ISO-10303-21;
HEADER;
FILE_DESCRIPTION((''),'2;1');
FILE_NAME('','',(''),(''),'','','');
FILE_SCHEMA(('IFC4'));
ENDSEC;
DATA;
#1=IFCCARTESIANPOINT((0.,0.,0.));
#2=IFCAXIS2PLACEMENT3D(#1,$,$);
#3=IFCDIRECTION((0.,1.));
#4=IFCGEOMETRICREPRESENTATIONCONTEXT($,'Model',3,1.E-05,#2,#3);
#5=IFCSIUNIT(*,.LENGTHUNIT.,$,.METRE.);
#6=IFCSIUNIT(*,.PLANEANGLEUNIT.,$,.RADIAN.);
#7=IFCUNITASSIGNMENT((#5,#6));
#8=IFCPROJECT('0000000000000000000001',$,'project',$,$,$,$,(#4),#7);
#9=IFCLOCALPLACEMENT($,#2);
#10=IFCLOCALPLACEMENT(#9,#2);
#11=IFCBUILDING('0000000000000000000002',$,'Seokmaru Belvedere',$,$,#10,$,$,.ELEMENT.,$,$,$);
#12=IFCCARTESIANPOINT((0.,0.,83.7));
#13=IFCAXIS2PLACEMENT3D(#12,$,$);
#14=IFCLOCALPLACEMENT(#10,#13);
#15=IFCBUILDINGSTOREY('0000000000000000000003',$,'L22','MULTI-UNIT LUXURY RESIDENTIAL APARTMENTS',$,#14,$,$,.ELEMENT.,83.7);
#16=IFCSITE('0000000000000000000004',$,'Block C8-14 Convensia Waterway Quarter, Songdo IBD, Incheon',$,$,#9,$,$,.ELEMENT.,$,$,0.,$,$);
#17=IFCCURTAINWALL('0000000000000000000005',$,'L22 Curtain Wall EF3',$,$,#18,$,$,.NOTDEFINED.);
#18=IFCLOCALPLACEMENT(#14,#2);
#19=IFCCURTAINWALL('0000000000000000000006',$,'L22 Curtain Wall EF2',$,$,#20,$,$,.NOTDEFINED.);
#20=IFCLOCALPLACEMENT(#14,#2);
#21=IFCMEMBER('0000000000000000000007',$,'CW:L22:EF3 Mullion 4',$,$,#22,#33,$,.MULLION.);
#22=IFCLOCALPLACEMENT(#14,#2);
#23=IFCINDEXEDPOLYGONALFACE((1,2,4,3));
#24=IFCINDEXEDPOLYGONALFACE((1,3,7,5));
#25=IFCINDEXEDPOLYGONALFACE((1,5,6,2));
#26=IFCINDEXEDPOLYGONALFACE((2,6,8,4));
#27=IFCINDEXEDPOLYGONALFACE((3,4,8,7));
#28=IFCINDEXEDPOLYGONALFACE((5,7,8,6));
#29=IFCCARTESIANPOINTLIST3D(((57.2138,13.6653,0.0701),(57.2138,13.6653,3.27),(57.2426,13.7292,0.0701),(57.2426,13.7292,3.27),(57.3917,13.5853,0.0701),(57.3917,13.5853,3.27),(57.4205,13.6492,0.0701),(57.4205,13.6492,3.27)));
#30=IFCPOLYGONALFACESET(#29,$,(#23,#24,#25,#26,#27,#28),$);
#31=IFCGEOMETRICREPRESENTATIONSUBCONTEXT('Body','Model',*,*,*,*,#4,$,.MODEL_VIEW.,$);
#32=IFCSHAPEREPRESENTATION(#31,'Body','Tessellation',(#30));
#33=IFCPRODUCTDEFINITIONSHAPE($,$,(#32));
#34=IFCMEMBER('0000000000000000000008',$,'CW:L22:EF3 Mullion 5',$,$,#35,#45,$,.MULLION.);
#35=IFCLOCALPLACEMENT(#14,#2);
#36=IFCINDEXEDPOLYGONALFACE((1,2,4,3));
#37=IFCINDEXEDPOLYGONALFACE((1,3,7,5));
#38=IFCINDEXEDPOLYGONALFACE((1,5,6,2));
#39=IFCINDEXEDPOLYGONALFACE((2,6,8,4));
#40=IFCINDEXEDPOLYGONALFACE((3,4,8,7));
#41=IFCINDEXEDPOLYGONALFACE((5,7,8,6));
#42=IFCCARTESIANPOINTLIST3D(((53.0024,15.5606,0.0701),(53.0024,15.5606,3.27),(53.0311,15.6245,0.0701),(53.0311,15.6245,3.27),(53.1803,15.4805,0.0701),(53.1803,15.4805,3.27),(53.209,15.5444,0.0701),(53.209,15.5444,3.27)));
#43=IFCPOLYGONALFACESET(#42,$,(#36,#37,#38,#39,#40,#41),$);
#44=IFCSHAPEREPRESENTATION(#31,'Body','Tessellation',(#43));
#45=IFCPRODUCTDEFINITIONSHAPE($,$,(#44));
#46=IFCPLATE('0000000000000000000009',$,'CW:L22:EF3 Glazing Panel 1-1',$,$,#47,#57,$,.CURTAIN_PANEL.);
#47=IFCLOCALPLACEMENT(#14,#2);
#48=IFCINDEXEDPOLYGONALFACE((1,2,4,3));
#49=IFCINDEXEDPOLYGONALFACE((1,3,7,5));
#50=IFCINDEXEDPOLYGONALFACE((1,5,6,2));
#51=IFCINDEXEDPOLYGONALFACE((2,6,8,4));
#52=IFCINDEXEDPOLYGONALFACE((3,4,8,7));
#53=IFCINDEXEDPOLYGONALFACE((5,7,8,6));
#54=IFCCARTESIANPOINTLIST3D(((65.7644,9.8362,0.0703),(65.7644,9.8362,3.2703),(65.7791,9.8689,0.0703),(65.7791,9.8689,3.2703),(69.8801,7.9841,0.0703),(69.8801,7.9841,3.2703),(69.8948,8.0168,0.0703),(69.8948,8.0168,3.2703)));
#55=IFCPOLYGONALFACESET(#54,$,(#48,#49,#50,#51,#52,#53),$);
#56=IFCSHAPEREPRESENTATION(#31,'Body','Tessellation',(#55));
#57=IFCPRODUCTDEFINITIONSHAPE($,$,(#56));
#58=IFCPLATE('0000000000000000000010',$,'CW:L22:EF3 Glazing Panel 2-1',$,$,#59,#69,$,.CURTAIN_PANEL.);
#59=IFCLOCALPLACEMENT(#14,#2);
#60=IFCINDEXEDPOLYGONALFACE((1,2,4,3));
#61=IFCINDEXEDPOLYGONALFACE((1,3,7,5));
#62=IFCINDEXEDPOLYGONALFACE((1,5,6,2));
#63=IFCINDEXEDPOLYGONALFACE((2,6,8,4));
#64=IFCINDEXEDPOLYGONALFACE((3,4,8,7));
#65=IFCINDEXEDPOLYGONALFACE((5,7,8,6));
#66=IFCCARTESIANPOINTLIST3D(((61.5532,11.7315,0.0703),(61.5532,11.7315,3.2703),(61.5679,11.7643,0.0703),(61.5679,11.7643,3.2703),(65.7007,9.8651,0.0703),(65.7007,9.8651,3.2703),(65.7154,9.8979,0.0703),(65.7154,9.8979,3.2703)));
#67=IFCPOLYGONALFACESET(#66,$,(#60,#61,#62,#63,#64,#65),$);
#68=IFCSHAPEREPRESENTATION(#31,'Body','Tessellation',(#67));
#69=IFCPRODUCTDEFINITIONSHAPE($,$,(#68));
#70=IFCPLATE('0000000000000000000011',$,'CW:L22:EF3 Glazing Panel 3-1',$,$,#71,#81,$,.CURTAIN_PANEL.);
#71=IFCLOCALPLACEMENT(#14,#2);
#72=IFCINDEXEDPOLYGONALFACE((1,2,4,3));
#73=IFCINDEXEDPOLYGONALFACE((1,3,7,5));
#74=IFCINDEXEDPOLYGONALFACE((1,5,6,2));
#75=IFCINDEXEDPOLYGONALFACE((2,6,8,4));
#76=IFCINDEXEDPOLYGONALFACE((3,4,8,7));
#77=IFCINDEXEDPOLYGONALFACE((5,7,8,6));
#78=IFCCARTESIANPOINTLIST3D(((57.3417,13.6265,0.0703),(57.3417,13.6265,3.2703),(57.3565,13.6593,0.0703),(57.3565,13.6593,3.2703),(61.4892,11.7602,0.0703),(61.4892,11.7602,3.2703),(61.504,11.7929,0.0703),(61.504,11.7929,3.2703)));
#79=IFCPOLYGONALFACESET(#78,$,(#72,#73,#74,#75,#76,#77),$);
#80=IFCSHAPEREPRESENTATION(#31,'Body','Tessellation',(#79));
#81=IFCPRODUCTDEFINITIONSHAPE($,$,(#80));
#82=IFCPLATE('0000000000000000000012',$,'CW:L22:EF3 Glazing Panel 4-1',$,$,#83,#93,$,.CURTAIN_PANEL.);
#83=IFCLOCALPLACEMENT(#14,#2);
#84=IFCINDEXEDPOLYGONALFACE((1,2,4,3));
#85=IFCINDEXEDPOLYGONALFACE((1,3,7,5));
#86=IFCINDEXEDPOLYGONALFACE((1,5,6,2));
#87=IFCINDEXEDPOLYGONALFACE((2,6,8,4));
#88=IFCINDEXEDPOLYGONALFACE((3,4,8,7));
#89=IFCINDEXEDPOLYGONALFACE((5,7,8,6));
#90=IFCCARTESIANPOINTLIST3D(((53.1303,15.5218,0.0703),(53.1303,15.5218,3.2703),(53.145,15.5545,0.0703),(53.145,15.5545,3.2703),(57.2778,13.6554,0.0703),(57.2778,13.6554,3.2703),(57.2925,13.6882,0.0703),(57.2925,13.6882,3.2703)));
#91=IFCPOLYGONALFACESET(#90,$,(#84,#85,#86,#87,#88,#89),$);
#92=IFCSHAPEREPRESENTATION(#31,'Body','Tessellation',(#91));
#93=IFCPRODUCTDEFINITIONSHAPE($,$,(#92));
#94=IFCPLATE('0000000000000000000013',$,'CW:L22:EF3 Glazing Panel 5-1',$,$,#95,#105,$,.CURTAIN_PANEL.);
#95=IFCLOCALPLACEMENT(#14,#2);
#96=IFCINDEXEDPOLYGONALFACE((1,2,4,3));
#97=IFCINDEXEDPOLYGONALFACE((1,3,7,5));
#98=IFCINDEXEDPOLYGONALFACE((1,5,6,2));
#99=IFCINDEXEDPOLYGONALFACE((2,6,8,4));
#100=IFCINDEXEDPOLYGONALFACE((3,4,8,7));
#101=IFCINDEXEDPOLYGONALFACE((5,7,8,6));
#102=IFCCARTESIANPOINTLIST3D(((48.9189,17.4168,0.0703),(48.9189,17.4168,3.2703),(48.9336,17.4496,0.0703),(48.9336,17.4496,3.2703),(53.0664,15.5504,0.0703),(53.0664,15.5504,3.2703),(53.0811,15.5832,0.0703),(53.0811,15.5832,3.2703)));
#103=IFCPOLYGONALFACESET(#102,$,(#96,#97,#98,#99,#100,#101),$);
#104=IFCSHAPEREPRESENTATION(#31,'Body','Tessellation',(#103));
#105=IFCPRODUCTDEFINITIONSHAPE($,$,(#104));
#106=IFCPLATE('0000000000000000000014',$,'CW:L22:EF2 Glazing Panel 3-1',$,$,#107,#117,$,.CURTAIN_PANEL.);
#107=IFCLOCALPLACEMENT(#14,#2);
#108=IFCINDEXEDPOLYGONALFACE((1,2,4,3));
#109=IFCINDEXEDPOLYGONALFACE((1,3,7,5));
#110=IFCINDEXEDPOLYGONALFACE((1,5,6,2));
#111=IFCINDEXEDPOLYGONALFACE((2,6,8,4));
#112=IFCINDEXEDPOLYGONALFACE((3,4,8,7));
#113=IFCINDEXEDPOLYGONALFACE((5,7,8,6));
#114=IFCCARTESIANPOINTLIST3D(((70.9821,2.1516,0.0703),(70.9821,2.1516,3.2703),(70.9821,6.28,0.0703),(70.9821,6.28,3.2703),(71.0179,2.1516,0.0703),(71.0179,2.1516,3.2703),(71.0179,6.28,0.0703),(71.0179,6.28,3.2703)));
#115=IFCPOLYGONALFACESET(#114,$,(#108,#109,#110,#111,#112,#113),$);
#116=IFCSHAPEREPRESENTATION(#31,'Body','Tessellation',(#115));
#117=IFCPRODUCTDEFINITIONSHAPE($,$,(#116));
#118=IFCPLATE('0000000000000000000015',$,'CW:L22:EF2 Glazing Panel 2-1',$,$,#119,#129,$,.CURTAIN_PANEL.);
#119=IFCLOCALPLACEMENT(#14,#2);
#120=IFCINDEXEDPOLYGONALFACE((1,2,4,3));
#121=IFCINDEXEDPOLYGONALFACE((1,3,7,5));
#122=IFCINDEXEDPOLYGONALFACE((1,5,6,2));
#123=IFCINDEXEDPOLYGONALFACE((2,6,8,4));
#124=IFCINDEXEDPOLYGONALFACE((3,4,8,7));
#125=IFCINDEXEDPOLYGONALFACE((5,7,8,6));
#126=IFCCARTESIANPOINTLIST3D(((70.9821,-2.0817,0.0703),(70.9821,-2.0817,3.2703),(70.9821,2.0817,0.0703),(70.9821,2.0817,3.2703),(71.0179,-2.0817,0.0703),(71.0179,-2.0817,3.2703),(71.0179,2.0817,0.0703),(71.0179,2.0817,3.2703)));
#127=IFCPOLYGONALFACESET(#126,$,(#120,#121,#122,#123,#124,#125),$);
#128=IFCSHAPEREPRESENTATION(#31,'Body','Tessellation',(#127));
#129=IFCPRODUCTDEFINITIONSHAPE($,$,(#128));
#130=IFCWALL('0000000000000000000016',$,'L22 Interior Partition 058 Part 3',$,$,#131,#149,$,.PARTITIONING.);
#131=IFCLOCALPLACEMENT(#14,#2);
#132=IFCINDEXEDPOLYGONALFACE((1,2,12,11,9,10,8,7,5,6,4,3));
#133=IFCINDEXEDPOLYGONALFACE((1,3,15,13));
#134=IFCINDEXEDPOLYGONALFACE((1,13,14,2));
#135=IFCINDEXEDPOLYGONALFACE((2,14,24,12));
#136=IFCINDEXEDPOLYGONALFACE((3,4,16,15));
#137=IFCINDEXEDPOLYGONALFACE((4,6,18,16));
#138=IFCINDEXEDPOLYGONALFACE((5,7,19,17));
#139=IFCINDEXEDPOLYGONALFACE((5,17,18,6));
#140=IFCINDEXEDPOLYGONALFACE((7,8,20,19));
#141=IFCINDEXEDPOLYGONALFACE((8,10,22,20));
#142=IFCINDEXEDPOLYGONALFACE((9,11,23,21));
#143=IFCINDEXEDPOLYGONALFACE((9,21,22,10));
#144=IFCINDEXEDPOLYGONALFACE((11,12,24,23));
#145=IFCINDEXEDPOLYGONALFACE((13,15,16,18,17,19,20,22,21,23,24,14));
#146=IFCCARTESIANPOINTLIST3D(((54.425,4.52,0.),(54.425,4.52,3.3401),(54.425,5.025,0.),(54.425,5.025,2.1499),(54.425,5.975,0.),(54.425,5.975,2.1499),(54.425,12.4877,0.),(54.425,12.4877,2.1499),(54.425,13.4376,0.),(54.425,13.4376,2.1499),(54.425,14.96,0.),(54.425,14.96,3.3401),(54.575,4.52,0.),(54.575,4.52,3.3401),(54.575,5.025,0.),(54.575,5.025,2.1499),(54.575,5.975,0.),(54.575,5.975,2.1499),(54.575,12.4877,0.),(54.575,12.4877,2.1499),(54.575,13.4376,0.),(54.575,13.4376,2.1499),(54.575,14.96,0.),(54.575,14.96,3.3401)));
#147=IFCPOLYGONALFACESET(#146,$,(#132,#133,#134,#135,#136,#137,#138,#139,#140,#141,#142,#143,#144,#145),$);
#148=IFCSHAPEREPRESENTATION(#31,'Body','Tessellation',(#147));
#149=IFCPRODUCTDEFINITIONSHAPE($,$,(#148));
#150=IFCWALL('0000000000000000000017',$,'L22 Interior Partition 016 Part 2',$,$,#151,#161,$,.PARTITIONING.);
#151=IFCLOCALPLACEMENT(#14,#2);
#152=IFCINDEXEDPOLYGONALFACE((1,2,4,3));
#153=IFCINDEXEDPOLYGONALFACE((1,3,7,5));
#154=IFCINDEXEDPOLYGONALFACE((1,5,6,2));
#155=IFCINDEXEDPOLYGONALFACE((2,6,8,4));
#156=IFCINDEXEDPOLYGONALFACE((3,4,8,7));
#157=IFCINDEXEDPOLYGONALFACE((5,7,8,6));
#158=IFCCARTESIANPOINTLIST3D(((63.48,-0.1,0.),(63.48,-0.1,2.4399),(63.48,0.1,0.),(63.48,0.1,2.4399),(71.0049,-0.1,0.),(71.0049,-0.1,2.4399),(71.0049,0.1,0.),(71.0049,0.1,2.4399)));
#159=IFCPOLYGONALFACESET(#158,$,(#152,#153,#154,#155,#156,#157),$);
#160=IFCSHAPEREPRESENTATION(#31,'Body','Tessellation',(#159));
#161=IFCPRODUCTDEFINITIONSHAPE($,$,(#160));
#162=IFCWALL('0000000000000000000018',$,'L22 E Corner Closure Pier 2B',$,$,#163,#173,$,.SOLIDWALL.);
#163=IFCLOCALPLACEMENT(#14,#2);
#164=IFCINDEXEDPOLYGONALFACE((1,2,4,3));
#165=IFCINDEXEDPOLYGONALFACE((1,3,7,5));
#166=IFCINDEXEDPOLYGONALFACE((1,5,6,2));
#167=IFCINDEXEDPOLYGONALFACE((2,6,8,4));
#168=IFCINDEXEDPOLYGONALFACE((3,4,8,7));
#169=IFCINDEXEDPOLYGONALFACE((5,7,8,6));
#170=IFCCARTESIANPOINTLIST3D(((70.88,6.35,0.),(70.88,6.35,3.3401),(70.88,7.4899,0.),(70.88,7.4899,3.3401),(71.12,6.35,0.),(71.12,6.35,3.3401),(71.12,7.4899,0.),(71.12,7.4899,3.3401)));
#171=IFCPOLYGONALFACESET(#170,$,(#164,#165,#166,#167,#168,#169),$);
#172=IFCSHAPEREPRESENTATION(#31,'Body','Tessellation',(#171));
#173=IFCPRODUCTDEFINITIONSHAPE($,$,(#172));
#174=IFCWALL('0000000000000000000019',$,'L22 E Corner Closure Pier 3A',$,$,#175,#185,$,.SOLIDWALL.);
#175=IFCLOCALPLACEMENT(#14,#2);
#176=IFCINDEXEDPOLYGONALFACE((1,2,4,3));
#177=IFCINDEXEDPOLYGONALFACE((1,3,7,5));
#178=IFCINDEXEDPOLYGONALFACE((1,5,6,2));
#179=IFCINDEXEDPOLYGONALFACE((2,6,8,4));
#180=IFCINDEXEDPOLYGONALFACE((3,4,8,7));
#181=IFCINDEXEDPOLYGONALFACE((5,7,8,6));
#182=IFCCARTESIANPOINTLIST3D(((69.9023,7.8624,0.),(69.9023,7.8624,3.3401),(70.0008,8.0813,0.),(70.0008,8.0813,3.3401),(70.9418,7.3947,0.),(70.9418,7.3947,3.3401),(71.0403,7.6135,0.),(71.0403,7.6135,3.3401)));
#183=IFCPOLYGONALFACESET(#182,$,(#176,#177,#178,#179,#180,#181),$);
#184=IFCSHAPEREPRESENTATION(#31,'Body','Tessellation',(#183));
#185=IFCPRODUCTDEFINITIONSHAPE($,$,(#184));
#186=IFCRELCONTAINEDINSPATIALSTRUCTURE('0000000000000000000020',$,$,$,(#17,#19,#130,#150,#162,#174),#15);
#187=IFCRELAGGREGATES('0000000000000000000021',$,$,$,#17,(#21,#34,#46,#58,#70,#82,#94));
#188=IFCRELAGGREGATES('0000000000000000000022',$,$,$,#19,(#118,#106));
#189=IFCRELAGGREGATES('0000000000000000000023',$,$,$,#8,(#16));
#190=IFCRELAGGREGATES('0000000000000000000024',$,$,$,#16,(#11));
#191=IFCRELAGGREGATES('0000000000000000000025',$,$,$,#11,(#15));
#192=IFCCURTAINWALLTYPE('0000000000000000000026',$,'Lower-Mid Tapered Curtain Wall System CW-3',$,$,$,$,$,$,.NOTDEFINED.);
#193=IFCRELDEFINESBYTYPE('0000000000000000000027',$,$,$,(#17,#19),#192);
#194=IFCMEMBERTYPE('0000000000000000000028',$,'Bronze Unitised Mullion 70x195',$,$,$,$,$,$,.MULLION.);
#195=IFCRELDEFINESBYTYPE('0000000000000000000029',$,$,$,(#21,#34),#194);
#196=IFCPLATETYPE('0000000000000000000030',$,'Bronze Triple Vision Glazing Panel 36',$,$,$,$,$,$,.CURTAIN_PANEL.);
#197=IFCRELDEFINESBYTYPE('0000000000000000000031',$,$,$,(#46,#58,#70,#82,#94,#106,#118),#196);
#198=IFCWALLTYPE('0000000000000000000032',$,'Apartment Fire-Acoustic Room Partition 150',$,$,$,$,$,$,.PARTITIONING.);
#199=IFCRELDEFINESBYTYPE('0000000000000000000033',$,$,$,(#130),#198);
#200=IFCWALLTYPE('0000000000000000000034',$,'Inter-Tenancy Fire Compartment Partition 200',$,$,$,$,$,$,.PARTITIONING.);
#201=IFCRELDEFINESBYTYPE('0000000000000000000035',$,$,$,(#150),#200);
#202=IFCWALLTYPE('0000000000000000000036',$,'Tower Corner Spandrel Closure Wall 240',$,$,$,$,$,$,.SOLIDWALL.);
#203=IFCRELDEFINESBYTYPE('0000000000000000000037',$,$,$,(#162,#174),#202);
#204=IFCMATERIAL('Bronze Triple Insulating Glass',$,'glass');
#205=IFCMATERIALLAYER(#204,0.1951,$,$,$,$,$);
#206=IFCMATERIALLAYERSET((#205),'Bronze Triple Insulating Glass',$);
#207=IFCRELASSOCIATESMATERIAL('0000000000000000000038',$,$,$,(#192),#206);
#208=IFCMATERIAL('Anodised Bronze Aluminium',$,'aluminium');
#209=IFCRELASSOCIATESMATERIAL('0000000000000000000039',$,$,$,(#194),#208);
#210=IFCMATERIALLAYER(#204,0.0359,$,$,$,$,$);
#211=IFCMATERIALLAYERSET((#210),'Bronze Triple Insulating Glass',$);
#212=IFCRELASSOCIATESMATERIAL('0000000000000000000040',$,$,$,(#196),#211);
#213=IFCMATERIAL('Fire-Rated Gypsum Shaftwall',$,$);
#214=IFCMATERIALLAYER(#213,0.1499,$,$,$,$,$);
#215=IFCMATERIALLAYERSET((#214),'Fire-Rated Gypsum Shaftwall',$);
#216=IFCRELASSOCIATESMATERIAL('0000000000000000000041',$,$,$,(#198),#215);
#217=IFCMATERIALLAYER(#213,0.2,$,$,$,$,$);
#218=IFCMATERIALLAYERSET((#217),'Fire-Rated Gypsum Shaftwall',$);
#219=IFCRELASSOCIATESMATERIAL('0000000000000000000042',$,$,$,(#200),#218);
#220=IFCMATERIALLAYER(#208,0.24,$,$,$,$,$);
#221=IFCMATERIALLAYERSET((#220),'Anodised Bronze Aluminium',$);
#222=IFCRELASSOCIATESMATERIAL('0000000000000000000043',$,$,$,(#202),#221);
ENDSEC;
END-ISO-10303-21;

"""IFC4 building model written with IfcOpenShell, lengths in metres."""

from ifc_helpers import new_model, si_unit, direction, frame, frame_2d, origin, origin_2d, place, context, subcontext, project, spatial, rectangle, extrude, source, transform, mapped, material, layer, layer_set, material_profile, profile_set, type_object, type_shapes, element, aggregate, save


model = new_model("IFC4")

# Units and contexts
model_context = context("Model", 3, precision=1e-05, world=origin(), true_north=direction((0.0, 1.0)))
body_context = subcontext(model_context, "Body", "Model", "MODEL_VIEW")
ifc_project = project(units=[si_unit("LENGTHUNIT", "METRE"), si_unit("PLANEANGLEUNIT", "RADIAN")], contexts=[model_context])

# Site, building, storey
site_placement = place(None, origin())
site = spatial("IfcSite", under=ifc_project, at=site_placement, Name="Block C8-14 Convensia Waterway Quarter, Songdo IBD, Incheon", CompositionType="ELEMENT", RefElevation=0.0)
building_placement = place(site_placement, origin())
building = spatial("IfcBuilding", under=site, at=building_placement, Name="Seokmaru Belvedere", CompositionType="ELEMENT")
storey_placement = place(building_placement, frame((0.0, 0.0, 83.7)))
storey = spatial("IfcBuildingStorey", under=building, at=storey_placement, Name="L22", Description="MULTI-UNIT LUXURY RESIDENTIAL APARTMENTS", CompositionType="ELEMENT", Elevation=83.7)

# Curtain wall
ifc_material_1 = material(Name="Bronze Triple Insulating Glass", Category="glass")
ifc_layer_1 = layer(ifc_material_1, 0.1951)
ifc_layer_set_1 = layer_set([ifc_layer_1], Name="Bronze Triple Insulating Glass")
curtain_wall_type = type_object("IfcCurtainWallType", Name="Lower-Mid Tapered Curtain Wall System CW-3", PredefinedType="NOTDEFINED", material=ifc_layer_set_1)
curtain_wall_1_placement = place(storey_placement, origin())
curtain_wall_1 = element("IfcCurtainWall", 1, at=curtain_wall_1_placement, inside=storey, type_object=curtain_wall_type, Name="L22 Curtain Wall EF3", PredefinedType="NOTDEFINED")
ifc_material_2 = material(Name="Anodised Bronze Aluminium", Category="aluminium")

# Curtain wall
curtain_wall_2_placement = place(storey_placement, origin())
curtain_wall_2 = element("IfcCurtainWall", 2, at=curtain_wall_2_placement, inside=storey, type_object=curtain_wall_type, Name="L22 Curtain Wall EF2", PredefinedType="NOTDEFINED")
ifc_material_profile_1 = material_profile(ifc_material_2, rectangle(XDim=0.0701, YDim=0.1951, at=origin_2d()), Name="CW-M-70x195")
ifc_profile_set_1 = profile_set([ifc_material_profile_1], Name="Anodised Bronze Aluminium")
member_type_1 = type_object("IfcMemberType", Name="Bronze Unitised Mullion 70x195", PredefinedType="MULLION", material=ifc_profile_set_1)

# Members
shared_shape_1 = source(origin(), body_context, "Body", "SweptSolid", [
    extrude(rectangle(XDim=0.0701, YDim=0.1951, at=origin_2d()), origin(), (0.0, 0.0, 1.0), 3.2),
])
member_1_placement = place(storey_placement, frame((57.3171, 13.6572, 0.0701), z_axis=(0.0, 0.0, 1.0), x_axis=(-0.410366, -0.911921, 0.0)))
member_1 = element("IfcMember", 3, at=member_1_placement, type_object=member_type_1, Name="CW:L22:EF3 Mullion 4", PredefinedType="MULLION", context=body_context, shape_type="MappedRepresentation", body=[
    mapped(shared_shape_1, transform((0.0, 0.0, 0.0), scale=1.0)),
])
member_2_placement = place(storey_placement, frame((53.1057, 15.5525, 0.0701), z_axis=(0.0, 0.0, 1.0), x_axis=(-0.410366, -0.911921, 0.0)))
member_2 = element("IfcMember", 4, at=member_2_placement, type_object=member_type_1, Name="CW:L22:EF3 Mullion 5", PredefinedType="MULLION", context=body_context, shape_type="MappedRepresentation", body=[
    mapped(shared_shape_1, transform((0.0, 0.0, 0.0), scale=1.0)),
])

# Plates
ifc_layer_2 = layer(ifc_material_1, 0.0359)
ifc_layer_set_2 = layer_set([ifc_layer_2], Name="Bronze Triple Insulating Glass")
plate_type = type_object("IfcPlateType", Name="Bronze Triple Vision Glazing Panel 36", PredefinedType="CURTAIN_PANEL", material=ifc_layer_set_2)
shared_shape_2 = source(origin(), body_context, "Body", "SweptSolid", [
    extrude(rectangle(XDim=4.5132, YDim=0.0359, at=origin_2d()), origin(), (0.0, 0.0, 1.0), 3.2),
])
plate_1_placement = place(storey_placement, frame((67.8296, 8.9265, 0.0703), z_axis=(0.0, 0.0, 1.0), x_axis=(-0.911921, 0.410366, 0.0)))
plate_1 = element("IfcPlate", 5, at=plate_1_placement, type_object=plate_type, Name="CW:L22:EF3 Glazing Panel 1-1", PredefinedType="CURTAIN_PANEL", context=body_context, shape_type="MappedRepresentation", body=[
    mapped(shared_shape_2, transform((0.0, 0.0, 0.0), scale=1.0)),
])
shared_shape_3 = source(origin(), body_context, "Body", "SweptSolid", [
    extrude(rectangle(XDim=4.5481, YDim=0.0359, at=origin_2d()), origin(), (0.0, 0.0, 1.0), 3.2),
])
plate_2_placement = place(storey_placement, frame((63.6343, 10.8147, 0.0703), z_axis=(0.0, 0.0, 1.0), x_axis=(-0.911921, 0.410366, 0.0)))
plate_2 = element("IfcPlate", 6, at=plate_2_placement, type_object=plate_type, Name="CW:L22:EF3 Glazing Panel 2-1", PredefinedType="CURTAIN_PANEL", context=body_context, shape_type="MappedRepresentation", body=[
    mapped(shared_shape_3, transform((0.0, 0.0, 0.0), scale=1.0)),
])
plate_3_placement = place(storey_placement, frame((59.4229, 12.7097, 0.0703), z_axis=(0.0, 0.0, 1.0), x_axis=(-0.911921, 0.410366, 0.0)))
plate_3 = element("IfcPlate", 7, at=plate_3_placement, type_object=plate_type, Name="CW:L22:EF3 Glazing Panel 3-1", PredefinedType="CURTAIN_PANEL", context=body_context, shape_type="MappedRepresentation", body=[
    mapped(shared_shape_3, transform((0.0, 0.0, 0.0), scale=1.0)),
])
plate_4_placement = place(storey_placement, frame((55.2114, 14.605, 0.0703), z_axis=(0.0, 0.0, 1.0), x_axis=(-0.911921, 0.410366, 0.0)))
plate_4 = element("IfcPlate", 8, at=plate_4_placement, type_object=plate_type, Name="CW:L22:EF3 Glazing Panel 4-1", PredefinedType="CURTAIN_PANEL", context=body_context, shape_type="MappedRepresentation", body=[
    mapped(shared_shape_3, transform((0.0, 0.0, 0.0), scale=1.0)),
])
plate_5_placement = place(storey_placement, frame((51.0, 16.5, 0.0703), z_axis=(0.0, 0.0, 1.0), x_axis=(-0.911921, 0.410366, 0.0)))
plate_5 = element("IfcPlate", 9, at=plate_5_placement, type_object=plate_type, Name="CW:L22:EF3 Glazing Panel 5-1", PredefinedType="CURTAIN_PANEL", context=body_context, shape_type="MappedRepresentation", body=[
    mapped(shared_shape_3, transform((0.0, 0.0, 0.0), scale=1.0)),
])
aggregate(curtain_wall_1, [member_1, member_2, plate_1, plate_2, plate_3, plate_4, plate_5])
shared_shape_4 = source(origin(), body_context, "Body", "SweptSolid", [
    extrude(rectangle(XDim=4.1284, YDim=0.0359, at=origin_2d()), origin(), (0.0, 0.0, 1.0), 3.2),
])
plate_6_placement = place(storey_placement, frame((71.0, 4.2158, 0.0703), z_axis=(0.0, 0.0, 1.0), x_axis=(0.0, 1.0, 0.0)))
plate_6 = element("IfcPlate", 10, at=plate_6_placement, type_object=plate_type, Name="CW:L22:EF2 Glazing Panel 3-1", PredefinedType="CURTAIN_PANEL", context=body_context, shape_type="MappedRepresentation", body=[
    mapped(shared_shape_4, transform((0.0, 0.0, 0.0), scale=1.0)),
])
shared_shape_5 = source(origin(), body_context, "Body", "SweptSolid", [
    extrude(rectangle(XDim=4.1633, YDim=0.0359, at=origin_2d()), origin(), (0.0, 0.0, 1.0), 3.2),
])
type_shapes(plate_type, [shared_shape_2, shared_shape_3, shared_shape_4, shared_shape_5])
plate_7_placement = place(storey_placement, frame((71.0, 0.0, 0.0703), z_axis=(0.0, 0.0, 1.0), x_axis=(0.0, 1.0, 0.0)))
plate_7 = element("IfcPlate", 11, at=plate_7_placement, type_object=plate_type, Name="CW:L22:EF2 Glazing Panel 2-1", PredefinedType="CURTAIN_PANEL", context=body_context, shape_type="MappedRepresentation", body=[
    mapped(shared_shape_5, transform((0.0, 0.0, 0.0), scale=1.0)),
])
aggregate(curtain_wall_2, [plate_7, plate_6])

# Wall, openings
ifc_material_3 = material(Name="Fire-Rated Gypsum Shaftwall")
ifc_layer_3 = layer(ifc_material_3, 0.1499)
ifc_layer_set_3 = layer_set([ifc_layer_3], Name="Fire-Rated Gypsum Shaftwall")
wall_type_1 = type_object("IfcWallType", Name="Apartment Fire-Acoustic Room Partition 150", PredefinedType="PARTITIONING", material=ifc_layer_set_3)
wall_1_placement = place(storey_placement, frame((54.5, 4.52, 0.0), z_axis=(0.0, 0.0, 1.0), x_axis=(0.0, 1.0, 0.0)))
wall_1 = element("IfcWall", 12, at=wall_1_placement, inside=storey, type_object=wall_type_1, Name="L22 Interior Partition 058 Part 3", PredefinedType="PARTITIONING", context=body_context, shape_type="SweptSolid", body=[
    extrude(rectangle(XDim=10.4399, YDim=0.1499, at=frame_2d((5.22, 0.0))), origin(), (0.0, 0.0, 1.0), 3.3401),
])
opening_1_placement = place(wall_1_placement, frame((0.5049, 0.0, 0.0)))
element("IfcOpeningElement", 13, at=opening_1_placement, cuts=wall_1, PredefinedType="OPENING", context=body_context, shape_type="SweptSolid", body=[
    extrude(rectangle(XDim=0.95, YDim=2.1499, at=frame_2d((0.4751, 1.075))), frame((0.0, 0.085, 0.0), z_axis=(0.0, -1.0, 0.0), x_axis=(1.0, 0.0, 0.0)), (0.0, 0.0, 1.0), 0.1699),
])
opening_2_placement = place(wall_1_placement, frame((7.9675, 0.0, 0.0)))
element("IfcOpeningElement", 14, at=opening_2_placement, cuts=wall_1, PredefinedType="OPENING", context=body_context, shape_type="SweptSolid", body=[
    extrude(rectangle(XDim=0.95, YDim=2.1499, at=frame_2d((0.4751, 1.075))), frame((0.0, 0.085, 0.0), z_axis=(0.0, -1.0, 0.0), x_axis=(1.0, 0.0, 0.0)), (0.0, 0.0, 1.0), 0.1699),
])

# Walls
ifc_layer_4 = layer(ifc_material_3, 0.2)
ifc_layer_set_4 = layer_set([ifc_layer_4], Name="Fire-Rated Gypsum Shaftwall")
wall_type_2 = type_object("IfcWallType", Name="Inter-Tenancy Fire Compartment Partition 200", PredefinedType="PARTITIONING", material=ifc_layer_set_4)
wall_2_placement = place(storey_placement, frame((63.48, 0.0, 0.0), z_axis=(0.0, 0.0, 1.0), x_axis=(1.0, 0.0, 0.0)))
element("IfcWall", 15, at=wall_2_placement, inside=storey, type_object=wall_type_2, Name="L22 Interior Partition 016 Part 2", PredefinedType="PARTITIONING", context=body_context, shape_type="SweptSolid", body=[
    extrude(rectangle(XDim=7.5249, YDim=0.2, at=frame_2d((3.7625, 0.0))), origin(), (0.0, 0.0, 1.0), 2.4399),
])
ifc_layer_5 = layer(ifc_material_2, 0.24)
ifc_layer_set_5 = layer_set([ifc_layer_5], Name="Anodised Bronze Aluminium")
wall_type_3 = type_object("IfcWallType", Name="Tower Corner Spandrel Closure Wall 240", PredefinedType="SOLIDWALL", material=ifc_layer_set_5)
for number, where, z_axis, x_axis, name in (
    (16, (71.0, 6.3501, 0.0), (0.0, 0.0, 1.0), (0.0, 1.0, 0.0), "L22 E Corner Closure Pier 2B"),
    (17, (70.991, 7.5042, 0.0), (0.0, 0.0, 1.0), (-0.91193, 0.410347, 0.0), "L22 E Corner Closure Pier 3A"),
):
    element("IfcWall", number, at=place(storey_placement, frame(where, z_axis=z_axis, x_axis=x_axis)), inside=storey, type_object=wall_type_3, Name=name, PredefinedType="SOLIDWALL", context=body_context, shape_type="SweptSolid", body=[
        extrude(rectangle(XDim=1.1399, YDim=0.24, at=frame_2d((0.5698, 0.0))), origin(), (0.0, 0.0, 1.0), 3.3401),
    ])

save(model, "model.ifc")
